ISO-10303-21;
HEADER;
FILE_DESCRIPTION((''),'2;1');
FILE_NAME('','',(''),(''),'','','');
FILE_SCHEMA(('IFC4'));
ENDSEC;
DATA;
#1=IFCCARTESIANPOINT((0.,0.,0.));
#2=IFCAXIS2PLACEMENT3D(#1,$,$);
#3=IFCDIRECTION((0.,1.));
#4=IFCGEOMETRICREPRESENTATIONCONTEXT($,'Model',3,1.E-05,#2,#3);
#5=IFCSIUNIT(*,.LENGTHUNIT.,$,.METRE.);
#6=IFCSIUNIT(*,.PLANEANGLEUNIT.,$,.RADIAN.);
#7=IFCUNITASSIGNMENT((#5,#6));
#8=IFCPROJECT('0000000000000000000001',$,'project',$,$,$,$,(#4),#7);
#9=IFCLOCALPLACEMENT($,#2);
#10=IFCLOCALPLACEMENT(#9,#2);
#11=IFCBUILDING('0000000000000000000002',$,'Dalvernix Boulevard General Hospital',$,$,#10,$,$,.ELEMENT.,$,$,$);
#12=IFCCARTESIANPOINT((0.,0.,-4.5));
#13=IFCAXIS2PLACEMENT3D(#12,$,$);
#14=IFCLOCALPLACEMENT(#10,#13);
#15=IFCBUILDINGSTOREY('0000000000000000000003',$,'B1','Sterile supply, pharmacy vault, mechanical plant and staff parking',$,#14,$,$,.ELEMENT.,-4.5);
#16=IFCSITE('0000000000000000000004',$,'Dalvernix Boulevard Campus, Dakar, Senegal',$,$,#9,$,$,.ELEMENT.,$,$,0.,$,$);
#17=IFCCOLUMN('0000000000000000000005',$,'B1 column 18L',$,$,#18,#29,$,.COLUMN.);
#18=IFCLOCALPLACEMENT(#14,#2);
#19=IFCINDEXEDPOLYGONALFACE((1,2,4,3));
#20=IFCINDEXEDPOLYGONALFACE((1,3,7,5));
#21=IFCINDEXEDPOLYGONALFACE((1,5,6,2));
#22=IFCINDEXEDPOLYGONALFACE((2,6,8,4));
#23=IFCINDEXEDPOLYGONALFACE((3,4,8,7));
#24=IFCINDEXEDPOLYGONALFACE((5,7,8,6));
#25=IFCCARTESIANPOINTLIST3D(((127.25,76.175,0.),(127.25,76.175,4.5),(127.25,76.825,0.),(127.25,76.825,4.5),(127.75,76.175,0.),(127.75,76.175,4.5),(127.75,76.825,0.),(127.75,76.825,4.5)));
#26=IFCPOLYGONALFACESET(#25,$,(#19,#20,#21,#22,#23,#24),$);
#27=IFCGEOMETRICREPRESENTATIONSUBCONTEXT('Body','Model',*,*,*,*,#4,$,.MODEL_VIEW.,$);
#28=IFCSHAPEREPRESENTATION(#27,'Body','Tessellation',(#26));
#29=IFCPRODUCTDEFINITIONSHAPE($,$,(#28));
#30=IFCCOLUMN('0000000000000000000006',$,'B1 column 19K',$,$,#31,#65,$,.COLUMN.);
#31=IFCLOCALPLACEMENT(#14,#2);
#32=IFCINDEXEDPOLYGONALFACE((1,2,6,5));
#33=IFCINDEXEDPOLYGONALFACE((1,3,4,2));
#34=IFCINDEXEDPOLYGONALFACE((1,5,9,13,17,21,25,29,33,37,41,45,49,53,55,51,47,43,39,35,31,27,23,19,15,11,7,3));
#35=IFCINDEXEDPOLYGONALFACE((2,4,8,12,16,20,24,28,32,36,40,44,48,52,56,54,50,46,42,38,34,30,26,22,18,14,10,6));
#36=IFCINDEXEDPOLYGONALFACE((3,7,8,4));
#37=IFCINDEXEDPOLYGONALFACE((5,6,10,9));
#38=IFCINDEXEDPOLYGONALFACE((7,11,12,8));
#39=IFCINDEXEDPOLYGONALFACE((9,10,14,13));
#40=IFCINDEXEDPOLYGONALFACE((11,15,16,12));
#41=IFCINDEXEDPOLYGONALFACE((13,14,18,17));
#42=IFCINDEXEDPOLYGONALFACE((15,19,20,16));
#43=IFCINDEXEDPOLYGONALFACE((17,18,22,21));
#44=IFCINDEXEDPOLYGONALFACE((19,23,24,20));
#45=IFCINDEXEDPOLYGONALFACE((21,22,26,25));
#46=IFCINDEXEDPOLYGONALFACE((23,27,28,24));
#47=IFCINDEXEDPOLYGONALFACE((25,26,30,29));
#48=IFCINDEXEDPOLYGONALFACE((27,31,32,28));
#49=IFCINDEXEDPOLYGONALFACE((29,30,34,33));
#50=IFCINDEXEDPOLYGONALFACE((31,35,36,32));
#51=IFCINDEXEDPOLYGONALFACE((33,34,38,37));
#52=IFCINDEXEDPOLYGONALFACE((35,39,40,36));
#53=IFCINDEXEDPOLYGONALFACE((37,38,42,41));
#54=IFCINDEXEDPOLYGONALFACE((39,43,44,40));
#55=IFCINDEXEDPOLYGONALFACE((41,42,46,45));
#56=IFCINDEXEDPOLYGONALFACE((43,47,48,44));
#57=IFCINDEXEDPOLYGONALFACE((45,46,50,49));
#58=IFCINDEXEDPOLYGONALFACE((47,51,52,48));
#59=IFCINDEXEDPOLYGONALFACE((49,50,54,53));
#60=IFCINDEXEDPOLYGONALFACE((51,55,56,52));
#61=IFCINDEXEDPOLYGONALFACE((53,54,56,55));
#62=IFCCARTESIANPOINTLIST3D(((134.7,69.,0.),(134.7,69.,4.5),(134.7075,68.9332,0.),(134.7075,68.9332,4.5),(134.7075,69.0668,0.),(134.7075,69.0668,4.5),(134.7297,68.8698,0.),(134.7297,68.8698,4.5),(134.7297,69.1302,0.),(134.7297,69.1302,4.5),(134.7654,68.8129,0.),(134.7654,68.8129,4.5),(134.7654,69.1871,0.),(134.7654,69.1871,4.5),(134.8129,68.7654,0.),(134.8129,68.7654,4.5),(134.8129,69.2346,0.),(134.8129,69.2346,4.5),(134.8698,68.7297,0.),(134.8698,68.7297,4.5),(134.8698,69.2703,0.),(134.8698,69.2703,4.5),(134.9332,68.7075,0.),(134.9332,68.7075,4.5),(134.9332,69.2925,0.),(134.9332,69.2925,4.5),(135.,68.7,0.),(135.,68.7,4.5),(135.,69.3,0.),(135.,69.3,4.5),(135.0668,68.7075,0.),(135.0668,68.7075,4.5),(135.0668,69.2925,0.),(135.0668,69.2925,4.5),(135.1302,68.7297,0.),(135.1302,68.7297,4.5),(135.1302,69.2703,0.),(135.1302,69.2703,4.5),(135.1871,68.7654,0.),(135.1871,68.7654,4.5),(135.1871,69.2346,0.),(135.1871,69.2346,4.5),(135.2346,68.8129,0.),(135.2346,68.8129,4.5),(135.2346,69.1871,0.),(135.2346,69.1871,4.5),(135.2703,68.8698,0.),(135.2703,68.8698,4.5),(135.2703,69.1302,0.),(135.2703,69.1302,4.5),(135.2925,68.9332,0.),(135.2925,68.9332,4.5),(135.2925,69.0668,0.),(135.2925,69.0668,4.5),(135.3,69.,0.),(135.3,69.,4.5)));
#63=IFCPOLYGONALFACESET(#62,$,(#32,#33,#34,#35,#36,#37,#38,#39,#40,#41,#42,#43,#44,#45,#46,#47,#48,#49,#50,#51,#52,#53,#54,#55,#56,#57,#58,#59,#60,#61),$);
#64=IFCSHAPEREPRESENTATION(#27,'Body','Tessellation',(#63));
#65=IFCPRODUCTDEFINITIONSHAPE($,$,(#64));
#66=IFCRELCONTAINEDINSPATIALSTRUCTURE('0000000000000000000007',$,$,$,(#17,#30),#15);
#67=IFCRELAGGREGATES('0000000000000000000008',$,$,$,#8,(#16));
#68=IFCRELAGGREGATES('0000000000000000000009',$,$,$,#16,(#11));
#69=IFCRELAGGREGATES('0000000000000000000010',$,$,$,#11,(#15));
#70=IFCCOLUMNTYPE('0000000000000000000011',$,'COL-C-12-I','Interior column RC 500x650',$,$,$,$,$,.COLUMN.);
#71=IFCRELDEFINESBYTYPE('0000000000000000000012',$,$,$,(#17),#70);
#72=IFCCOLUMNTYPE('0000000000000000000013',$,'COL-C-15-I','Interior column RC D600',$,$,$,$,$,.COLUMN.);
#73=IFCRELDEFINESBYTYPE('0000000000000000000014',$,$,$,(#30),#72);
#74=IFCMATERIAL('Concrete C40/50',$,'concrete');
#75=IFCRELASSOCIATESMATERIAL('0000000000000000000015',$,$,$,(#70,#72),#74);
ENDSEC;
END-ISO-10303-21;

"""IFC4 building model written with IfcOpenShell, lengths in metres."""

from ifc_helpers import new_model, si_unit, direction, frame, origin, origin_2d, place, context, subcontext, project, spatial, rectangle, circle, extrude, material, material_profile, profile_set, type_object, element, save


model = new_model("IFC4")

# Units and contexts
model_context = context("Model", 3, precision=1e-05, world=origin(), true_north=direction((0.0, 1.0)))
body_context = subcontext(model_context, "Body", "Model", "MODEL_VIEW")
ifc_project = project(units=[si_unit("LENGTHUNIT", "METRE"), si_unit("PLANEANGLEUNIT", "RADIAN")], contexts=[model_context])

# Site, building, storey
site_placement = place(None, origin())
site = spatial("IfcSite", under=ifc_project, at=site_placement, Name="Dalvernix Boulevard Campus, Dakar, Senegal", CompositionType="ELEMENT", RefElevation=0.0)
building_placement = place(site_placement, origin())
building = spatial("IfcBuilding", under=site, at=building_placement, Name="Dalvernix Boulevard General Hospital", CompositionType="ELEMENT")
storey_placement = place(building_placement, frame((0.0, 0.0, -4.5)))
storey = spatial("IfcBuildingStorey", under=building, at=storey_placement, Name="B1", Description="Sterile supply, pharmacy vault, mechanical plant and staff parking", CompositionType="ELEMENT", Elevation=-4.5)

# Shared definitions
ifc_material_1 = material(Name="Concrete C40/50", Category="concrete")

# Columns
ifc_material_profile_1 = material_profile(ifc_material_1, rectangle(XDim=0.5, YDim=0.6499, at=origin_2d()), Name="RC 500x650")
ifc_profile_set_1 = profile_set([ifc_material_profile_1], Name="Concrete C40/50")
column_type_1 = type_object("IfcColumnType", Name="COL-C-12-I", Description="Interior column RC 500x650", PredefinedType="COLUMN", material=ifc_profile_set_1)
column_1_placement = place(storey_placement, frame((127.5, 76.5, 0.0), z_axis=(0.0, 0.0, 1.0), x_axis=(1.0, 0.0, 0.0)))
element("IfcColumn", 1, at=column_1_placement, inside=storey, type_object=column_type_1, Name="B1 column 18L", PredefinedType="COLUMN", context=body_context, shape_type="SweptSolid", body=[
    extrude(rectangle(XDim=0.5, YDim=0.6499, at=origin_2d()), origin(), (0.0, 0.0, 1.0), 4.5),
])
ifc_material_profile_2 = material_profile(ifc_material_1, circle(Radius=0.3, at=origin_2d()), Name="RC D600")
ifc_profile_set_2 = profile_set([ifc_material_profile_2], Name="Concrete C40/50")
column_type_2 = type_object("IfcColumnType", Name="COL-C-15-I", Description="Interior column RC D600", PredefinedType="COLUMN", material=ifc_profile_set_2)
column_2_placement = place(storey_placement, frame((135.0, 69.0, 0.0), z_axis=(0.0, 0.0, 1.0), x_axis=(1.0, 0.0, 0.0)))
element("IfcColumn", 2, at=column_2_placement, inside=storey, type_object=column_type_2, Name="B1 column 19K", PredefinedType="COLUMN", context=body_context, shape_type="SweptSolid", body=[
    extrude(circle(Radius=0.3, at=origin_2d()), origin(), (0.0, 0.0, 1.0), 4.5),
])

save(model, "model.ifc")
